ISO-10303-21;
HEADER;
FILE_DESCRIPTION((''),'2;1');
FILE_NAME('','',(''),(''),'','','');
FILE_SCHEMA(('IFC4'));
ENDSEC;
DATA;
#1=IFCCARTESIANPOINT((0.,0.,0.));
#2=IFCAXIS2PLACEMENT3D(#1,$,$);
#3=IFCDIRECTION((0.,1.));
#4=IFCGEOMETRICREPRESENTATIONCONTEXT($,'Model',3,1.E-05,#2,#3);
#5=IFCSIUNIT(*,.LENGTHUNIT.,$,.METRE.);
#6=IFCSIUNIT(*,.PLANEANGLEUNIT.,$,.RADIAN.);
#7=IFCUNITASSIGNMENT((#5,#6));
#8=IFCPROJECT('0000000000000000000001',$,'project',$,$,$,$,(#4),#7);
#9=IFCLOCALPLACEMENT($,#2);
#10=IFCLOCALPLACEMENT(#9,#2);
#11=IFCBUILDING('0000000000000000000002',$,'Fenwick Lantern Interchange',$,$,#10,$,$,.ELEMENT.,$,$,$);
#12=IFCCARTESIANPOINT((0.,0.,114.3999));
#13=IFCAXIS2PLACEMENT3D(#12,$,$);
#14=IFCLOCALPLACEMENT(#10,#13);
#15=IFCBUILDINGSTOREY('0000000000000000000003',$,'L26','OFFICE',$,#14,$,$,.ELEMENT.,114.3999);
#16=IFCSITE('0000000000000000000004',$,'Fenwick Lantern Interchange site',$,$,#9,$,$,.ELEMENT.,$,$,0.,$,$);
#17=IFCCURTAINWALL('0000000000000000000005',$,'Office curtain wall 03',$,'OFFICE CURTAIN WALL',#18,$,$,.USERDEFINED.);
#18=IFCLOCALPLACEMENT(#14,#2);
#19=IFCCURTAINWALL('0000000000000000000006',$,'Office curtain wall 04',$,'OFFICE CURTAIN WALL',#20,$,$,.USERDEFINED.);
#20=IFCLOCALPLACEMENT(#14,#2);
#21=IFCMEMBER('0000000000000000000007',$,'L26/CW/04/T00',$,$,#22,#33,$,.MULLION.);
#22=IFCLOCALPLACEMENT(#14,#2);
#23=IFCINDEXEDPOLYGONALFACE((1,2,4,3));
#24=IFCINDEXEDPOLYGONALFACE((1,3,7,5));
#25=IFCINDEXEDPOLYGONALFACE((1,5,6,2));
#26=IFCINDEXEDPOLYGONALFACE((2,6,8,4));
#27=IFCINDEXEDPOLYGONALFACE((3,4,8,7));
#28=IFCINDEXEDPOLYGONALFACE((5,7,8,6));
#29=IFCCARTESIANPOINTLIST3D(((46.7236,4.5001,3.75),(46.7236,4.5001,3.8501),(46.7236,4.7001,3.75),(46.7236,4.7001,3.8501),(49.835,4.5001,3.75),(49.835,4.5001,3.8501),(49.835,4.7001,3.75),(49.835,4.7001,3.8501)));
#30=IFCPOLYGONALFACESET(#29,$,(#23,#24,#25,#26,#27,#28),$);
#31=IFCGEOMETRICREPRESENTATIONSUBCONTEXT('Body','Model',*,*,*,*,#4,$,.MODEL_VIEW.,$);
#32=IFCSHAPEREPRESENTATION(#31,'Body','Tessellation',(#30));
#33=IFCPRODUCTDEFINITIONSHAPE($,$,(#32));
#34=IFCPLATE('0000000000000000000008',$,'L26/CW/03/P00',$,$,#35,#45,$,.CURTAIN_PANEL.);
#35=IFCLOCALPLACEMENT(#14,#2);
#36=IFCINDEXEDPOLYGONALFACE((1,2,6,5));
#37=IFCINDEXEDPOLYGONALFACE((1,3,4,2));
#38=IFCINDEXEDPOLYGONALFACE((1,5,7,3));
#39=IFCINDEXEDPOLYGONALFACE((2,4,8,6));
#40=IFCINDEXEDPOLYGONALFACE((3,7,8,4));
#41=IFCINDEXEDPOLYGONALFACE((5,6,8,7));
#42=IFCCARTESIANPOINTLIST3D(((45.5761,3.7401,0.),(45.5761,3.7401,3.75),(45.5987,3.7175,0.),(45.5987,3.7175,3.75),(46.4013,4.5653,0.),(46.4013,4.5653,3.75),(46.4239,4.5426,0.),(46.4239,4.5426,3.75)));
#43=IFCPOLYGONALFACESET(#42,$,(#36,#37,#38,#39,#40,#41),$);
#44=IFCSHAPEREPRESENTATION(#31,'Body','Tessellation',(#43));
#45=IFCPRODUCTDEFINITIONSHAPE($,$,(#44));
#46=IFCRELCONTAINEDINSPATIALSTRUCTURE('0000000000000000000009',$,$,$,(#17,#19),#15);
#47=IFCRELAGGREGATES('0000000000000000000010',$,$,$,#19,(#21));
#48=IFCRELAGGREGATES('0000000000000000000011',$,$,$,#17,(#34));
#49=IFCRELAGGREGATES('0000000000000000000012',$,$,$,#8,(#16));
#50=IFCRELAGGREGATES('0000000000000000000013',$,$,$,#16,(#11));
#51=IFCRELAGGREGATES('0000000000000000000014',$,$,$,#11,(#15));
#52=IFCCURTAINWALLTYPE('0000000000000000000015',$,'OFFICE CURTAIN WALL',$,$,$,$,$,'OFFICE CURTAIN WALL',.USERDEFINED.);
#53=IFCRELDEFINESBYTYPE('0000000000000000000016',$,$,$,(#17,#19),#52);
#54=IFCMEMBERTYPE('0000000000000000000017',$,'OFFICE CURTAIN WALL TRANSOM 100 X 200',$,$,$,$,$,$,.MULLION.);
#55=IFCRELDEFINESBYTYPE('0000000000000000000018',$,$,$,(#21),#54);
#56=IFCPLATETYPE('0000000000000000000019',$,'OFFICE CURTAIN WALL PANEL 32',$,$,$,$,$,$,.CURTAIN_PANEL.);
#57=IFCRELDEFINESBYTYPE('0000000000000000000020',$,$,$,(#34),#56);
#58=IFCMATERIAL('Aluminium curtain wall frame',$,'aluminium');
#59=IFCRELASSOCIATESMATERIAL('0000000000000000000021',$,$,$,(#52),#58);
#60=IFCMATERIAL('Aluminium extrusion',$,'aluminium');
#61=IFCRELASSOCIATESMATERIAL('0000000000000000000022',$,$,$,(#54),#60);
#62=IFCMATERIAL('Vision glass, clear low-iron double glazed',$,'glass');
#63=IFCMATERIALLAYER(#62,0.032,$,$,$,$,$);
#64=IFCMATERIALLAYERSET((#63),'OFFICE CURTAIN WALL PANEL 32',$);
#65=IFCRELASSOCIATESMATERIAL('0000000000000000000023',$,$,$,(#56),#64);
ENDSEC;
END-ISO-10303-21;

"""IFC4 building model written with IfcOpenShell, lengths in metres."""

from ifc_helpers import new_model, si_unit, direction, frame, origin, origin_2d, place, context, subcontext, project, spatial, rectangle, extrude, material, layer, layer_set, material_profile, profile_set, type_object, element, aggregate, save


model = new_model("IFC4")

# Units and contexts
model_context = context("Model", 3, precision=1e-05, world=origin(), true_north=direction((0.0, 1.0)))
body_context = subcontext(model_context, "Body", "Model", "MODEL_VIEW")
ifc_project = project(units=[si_unit("LENGTHUNIT", "METRE"), si_unit("PLANEANGLEUNIT", "RADIAN")], contexts=[model_context])

# Site, building, storey
site_placement = place(None, origin())
site = spatial("IfcSite", under=ifc_project, at=site_placement, Name="Fenwick Lantern Interchange site", CompositionType="ELEMENT", RefElevation=0.0)
building_placement = place(site_placement, origin())
building = spatial("IfcBuilding", under=site, at=building_placement, Name="Fenwick Lantern Interchange", CompositionType="ELEMENT")
storey_placement = place(building_placement, frame((0.0, 0.0, 114.3999)))
storey = spatial("IfcBuildingStorey", under=building, at=storey_placement, Name="L26", Description="OFFICE", CompositionType="ELEMENT", Elevation=114.3999)

# Shared definitions
ifc_material_1 = material(Name="Aluminium curtain wall frame", Category="aluminium")
curtain_wall_type = type_object("IfcCurtainWallType", Name="OFFICE CURTAIN WALL", ElementType="OFFICE CURTAIN WALL", PredefinedType="USERDEFINED", material=ifc_material_1)
ifc_material_2 = material(Name="Aluminium extrusion", Category="aluminium")

# Curtain walls
curtain_wall_1_placement = place(storey_placement, origin())
curtain_wall_1 = element("IfcCurtainWall", 1, at=curtain_wall_1_placement, inside=storey, type_object=curtain_wall_type, Name="Office curtain wall 03", ObjectType="OFFICE CURTAIN WALL", PredefinedType="USERDEFINED")
curtain_wall_2_placement = place(storey_placement, origin())
curtain_wall_2 = element("IfcCurtainWall", 2, at=curtain_wall_2_placement, inside=storey, type_object=curtain_wall_type, Name="Office curtain wall 04", ObjectType="OFFICE CURTAIN WALL", PredefinedType="USERDEFINED")

# Member
ifc_material_profile_1 = material_profile(ifc_material_2, rectangle(XDim=0.2, YDim=0.1001, at=origin_2d()), Name="OFFICE CURTAIN WALL TRANSOM 100 X 200")
ifc_profile_set_1 = profile_set([ifc_material_profile_1], Name="Aluminium extrusion")
member_type_1 = type_object("IfcMemberType", Name="OFFICE CURTAIN WALL TRANSOM 100 X 200", PredefinedType="MULLION", material=ifc_profile_set_1)
member_1_placement = place(storey_placement, frame((46.7236, 4.6001, 3.8), z_axis=(1.0, 0.0, 0.0), x_axis=(0.0, 1.0, 0.0)))
member_1 = element("IfcMember", 3, at=member_1_placement, type_object=member_type_1, Name="L26/CW/04/T00", PredefinedType="MULLION", context=body_context, shape_type="SweptSolid", body=[
    extrude(rectangle(XDim=0.2, YDim=0.1001, at=origin_2d()), origin(), (0.0, 0.0, 1.0), 3.1113),
])
aggregate(curtain_wall_2, [member_1])

# Plate
ifc_material_3 = material(Name="Vision glass, clear low-iron double glazed", Category="glass")
ifc_layer_1 = layer(ifc_material_3, 0.032)
ifc_layer_set_1 = layer_set([ifc_layer_1], Name="OFFICE CURTAIN WALL PANEL 32")
plate_type = type_object("IfcPlateType", Name="OFFICE CURTAIN WALL PANEL 32", PredefinedType="CURTAIN_PANEL", material=ifc_layer_set_1)
plate_1_placement = place(storey_placement, frame((46.0, 4.1414, 0.0), z_axis=(0.0, 0.0, 1.0), x_axis=(0.707107, 0.707107, 0.0)))
plate_1 = element("IfcPlate", 4, at=plate_1_placement, type_object=plate_type, Name="L26/CW/03/P00", PredefinedType="CURTAIN_PANEL", context=body_context, shape_type="SweptSolid", body=[
    extrude(rectangle(XDim=1.167, YDim=0.032, at=origin_2d()), origin(), (0.0, 0.0, 1.0), 3.75),
])
aggregate(curtain_wall_1, [plate_1])

save(model, "model.ifc")
